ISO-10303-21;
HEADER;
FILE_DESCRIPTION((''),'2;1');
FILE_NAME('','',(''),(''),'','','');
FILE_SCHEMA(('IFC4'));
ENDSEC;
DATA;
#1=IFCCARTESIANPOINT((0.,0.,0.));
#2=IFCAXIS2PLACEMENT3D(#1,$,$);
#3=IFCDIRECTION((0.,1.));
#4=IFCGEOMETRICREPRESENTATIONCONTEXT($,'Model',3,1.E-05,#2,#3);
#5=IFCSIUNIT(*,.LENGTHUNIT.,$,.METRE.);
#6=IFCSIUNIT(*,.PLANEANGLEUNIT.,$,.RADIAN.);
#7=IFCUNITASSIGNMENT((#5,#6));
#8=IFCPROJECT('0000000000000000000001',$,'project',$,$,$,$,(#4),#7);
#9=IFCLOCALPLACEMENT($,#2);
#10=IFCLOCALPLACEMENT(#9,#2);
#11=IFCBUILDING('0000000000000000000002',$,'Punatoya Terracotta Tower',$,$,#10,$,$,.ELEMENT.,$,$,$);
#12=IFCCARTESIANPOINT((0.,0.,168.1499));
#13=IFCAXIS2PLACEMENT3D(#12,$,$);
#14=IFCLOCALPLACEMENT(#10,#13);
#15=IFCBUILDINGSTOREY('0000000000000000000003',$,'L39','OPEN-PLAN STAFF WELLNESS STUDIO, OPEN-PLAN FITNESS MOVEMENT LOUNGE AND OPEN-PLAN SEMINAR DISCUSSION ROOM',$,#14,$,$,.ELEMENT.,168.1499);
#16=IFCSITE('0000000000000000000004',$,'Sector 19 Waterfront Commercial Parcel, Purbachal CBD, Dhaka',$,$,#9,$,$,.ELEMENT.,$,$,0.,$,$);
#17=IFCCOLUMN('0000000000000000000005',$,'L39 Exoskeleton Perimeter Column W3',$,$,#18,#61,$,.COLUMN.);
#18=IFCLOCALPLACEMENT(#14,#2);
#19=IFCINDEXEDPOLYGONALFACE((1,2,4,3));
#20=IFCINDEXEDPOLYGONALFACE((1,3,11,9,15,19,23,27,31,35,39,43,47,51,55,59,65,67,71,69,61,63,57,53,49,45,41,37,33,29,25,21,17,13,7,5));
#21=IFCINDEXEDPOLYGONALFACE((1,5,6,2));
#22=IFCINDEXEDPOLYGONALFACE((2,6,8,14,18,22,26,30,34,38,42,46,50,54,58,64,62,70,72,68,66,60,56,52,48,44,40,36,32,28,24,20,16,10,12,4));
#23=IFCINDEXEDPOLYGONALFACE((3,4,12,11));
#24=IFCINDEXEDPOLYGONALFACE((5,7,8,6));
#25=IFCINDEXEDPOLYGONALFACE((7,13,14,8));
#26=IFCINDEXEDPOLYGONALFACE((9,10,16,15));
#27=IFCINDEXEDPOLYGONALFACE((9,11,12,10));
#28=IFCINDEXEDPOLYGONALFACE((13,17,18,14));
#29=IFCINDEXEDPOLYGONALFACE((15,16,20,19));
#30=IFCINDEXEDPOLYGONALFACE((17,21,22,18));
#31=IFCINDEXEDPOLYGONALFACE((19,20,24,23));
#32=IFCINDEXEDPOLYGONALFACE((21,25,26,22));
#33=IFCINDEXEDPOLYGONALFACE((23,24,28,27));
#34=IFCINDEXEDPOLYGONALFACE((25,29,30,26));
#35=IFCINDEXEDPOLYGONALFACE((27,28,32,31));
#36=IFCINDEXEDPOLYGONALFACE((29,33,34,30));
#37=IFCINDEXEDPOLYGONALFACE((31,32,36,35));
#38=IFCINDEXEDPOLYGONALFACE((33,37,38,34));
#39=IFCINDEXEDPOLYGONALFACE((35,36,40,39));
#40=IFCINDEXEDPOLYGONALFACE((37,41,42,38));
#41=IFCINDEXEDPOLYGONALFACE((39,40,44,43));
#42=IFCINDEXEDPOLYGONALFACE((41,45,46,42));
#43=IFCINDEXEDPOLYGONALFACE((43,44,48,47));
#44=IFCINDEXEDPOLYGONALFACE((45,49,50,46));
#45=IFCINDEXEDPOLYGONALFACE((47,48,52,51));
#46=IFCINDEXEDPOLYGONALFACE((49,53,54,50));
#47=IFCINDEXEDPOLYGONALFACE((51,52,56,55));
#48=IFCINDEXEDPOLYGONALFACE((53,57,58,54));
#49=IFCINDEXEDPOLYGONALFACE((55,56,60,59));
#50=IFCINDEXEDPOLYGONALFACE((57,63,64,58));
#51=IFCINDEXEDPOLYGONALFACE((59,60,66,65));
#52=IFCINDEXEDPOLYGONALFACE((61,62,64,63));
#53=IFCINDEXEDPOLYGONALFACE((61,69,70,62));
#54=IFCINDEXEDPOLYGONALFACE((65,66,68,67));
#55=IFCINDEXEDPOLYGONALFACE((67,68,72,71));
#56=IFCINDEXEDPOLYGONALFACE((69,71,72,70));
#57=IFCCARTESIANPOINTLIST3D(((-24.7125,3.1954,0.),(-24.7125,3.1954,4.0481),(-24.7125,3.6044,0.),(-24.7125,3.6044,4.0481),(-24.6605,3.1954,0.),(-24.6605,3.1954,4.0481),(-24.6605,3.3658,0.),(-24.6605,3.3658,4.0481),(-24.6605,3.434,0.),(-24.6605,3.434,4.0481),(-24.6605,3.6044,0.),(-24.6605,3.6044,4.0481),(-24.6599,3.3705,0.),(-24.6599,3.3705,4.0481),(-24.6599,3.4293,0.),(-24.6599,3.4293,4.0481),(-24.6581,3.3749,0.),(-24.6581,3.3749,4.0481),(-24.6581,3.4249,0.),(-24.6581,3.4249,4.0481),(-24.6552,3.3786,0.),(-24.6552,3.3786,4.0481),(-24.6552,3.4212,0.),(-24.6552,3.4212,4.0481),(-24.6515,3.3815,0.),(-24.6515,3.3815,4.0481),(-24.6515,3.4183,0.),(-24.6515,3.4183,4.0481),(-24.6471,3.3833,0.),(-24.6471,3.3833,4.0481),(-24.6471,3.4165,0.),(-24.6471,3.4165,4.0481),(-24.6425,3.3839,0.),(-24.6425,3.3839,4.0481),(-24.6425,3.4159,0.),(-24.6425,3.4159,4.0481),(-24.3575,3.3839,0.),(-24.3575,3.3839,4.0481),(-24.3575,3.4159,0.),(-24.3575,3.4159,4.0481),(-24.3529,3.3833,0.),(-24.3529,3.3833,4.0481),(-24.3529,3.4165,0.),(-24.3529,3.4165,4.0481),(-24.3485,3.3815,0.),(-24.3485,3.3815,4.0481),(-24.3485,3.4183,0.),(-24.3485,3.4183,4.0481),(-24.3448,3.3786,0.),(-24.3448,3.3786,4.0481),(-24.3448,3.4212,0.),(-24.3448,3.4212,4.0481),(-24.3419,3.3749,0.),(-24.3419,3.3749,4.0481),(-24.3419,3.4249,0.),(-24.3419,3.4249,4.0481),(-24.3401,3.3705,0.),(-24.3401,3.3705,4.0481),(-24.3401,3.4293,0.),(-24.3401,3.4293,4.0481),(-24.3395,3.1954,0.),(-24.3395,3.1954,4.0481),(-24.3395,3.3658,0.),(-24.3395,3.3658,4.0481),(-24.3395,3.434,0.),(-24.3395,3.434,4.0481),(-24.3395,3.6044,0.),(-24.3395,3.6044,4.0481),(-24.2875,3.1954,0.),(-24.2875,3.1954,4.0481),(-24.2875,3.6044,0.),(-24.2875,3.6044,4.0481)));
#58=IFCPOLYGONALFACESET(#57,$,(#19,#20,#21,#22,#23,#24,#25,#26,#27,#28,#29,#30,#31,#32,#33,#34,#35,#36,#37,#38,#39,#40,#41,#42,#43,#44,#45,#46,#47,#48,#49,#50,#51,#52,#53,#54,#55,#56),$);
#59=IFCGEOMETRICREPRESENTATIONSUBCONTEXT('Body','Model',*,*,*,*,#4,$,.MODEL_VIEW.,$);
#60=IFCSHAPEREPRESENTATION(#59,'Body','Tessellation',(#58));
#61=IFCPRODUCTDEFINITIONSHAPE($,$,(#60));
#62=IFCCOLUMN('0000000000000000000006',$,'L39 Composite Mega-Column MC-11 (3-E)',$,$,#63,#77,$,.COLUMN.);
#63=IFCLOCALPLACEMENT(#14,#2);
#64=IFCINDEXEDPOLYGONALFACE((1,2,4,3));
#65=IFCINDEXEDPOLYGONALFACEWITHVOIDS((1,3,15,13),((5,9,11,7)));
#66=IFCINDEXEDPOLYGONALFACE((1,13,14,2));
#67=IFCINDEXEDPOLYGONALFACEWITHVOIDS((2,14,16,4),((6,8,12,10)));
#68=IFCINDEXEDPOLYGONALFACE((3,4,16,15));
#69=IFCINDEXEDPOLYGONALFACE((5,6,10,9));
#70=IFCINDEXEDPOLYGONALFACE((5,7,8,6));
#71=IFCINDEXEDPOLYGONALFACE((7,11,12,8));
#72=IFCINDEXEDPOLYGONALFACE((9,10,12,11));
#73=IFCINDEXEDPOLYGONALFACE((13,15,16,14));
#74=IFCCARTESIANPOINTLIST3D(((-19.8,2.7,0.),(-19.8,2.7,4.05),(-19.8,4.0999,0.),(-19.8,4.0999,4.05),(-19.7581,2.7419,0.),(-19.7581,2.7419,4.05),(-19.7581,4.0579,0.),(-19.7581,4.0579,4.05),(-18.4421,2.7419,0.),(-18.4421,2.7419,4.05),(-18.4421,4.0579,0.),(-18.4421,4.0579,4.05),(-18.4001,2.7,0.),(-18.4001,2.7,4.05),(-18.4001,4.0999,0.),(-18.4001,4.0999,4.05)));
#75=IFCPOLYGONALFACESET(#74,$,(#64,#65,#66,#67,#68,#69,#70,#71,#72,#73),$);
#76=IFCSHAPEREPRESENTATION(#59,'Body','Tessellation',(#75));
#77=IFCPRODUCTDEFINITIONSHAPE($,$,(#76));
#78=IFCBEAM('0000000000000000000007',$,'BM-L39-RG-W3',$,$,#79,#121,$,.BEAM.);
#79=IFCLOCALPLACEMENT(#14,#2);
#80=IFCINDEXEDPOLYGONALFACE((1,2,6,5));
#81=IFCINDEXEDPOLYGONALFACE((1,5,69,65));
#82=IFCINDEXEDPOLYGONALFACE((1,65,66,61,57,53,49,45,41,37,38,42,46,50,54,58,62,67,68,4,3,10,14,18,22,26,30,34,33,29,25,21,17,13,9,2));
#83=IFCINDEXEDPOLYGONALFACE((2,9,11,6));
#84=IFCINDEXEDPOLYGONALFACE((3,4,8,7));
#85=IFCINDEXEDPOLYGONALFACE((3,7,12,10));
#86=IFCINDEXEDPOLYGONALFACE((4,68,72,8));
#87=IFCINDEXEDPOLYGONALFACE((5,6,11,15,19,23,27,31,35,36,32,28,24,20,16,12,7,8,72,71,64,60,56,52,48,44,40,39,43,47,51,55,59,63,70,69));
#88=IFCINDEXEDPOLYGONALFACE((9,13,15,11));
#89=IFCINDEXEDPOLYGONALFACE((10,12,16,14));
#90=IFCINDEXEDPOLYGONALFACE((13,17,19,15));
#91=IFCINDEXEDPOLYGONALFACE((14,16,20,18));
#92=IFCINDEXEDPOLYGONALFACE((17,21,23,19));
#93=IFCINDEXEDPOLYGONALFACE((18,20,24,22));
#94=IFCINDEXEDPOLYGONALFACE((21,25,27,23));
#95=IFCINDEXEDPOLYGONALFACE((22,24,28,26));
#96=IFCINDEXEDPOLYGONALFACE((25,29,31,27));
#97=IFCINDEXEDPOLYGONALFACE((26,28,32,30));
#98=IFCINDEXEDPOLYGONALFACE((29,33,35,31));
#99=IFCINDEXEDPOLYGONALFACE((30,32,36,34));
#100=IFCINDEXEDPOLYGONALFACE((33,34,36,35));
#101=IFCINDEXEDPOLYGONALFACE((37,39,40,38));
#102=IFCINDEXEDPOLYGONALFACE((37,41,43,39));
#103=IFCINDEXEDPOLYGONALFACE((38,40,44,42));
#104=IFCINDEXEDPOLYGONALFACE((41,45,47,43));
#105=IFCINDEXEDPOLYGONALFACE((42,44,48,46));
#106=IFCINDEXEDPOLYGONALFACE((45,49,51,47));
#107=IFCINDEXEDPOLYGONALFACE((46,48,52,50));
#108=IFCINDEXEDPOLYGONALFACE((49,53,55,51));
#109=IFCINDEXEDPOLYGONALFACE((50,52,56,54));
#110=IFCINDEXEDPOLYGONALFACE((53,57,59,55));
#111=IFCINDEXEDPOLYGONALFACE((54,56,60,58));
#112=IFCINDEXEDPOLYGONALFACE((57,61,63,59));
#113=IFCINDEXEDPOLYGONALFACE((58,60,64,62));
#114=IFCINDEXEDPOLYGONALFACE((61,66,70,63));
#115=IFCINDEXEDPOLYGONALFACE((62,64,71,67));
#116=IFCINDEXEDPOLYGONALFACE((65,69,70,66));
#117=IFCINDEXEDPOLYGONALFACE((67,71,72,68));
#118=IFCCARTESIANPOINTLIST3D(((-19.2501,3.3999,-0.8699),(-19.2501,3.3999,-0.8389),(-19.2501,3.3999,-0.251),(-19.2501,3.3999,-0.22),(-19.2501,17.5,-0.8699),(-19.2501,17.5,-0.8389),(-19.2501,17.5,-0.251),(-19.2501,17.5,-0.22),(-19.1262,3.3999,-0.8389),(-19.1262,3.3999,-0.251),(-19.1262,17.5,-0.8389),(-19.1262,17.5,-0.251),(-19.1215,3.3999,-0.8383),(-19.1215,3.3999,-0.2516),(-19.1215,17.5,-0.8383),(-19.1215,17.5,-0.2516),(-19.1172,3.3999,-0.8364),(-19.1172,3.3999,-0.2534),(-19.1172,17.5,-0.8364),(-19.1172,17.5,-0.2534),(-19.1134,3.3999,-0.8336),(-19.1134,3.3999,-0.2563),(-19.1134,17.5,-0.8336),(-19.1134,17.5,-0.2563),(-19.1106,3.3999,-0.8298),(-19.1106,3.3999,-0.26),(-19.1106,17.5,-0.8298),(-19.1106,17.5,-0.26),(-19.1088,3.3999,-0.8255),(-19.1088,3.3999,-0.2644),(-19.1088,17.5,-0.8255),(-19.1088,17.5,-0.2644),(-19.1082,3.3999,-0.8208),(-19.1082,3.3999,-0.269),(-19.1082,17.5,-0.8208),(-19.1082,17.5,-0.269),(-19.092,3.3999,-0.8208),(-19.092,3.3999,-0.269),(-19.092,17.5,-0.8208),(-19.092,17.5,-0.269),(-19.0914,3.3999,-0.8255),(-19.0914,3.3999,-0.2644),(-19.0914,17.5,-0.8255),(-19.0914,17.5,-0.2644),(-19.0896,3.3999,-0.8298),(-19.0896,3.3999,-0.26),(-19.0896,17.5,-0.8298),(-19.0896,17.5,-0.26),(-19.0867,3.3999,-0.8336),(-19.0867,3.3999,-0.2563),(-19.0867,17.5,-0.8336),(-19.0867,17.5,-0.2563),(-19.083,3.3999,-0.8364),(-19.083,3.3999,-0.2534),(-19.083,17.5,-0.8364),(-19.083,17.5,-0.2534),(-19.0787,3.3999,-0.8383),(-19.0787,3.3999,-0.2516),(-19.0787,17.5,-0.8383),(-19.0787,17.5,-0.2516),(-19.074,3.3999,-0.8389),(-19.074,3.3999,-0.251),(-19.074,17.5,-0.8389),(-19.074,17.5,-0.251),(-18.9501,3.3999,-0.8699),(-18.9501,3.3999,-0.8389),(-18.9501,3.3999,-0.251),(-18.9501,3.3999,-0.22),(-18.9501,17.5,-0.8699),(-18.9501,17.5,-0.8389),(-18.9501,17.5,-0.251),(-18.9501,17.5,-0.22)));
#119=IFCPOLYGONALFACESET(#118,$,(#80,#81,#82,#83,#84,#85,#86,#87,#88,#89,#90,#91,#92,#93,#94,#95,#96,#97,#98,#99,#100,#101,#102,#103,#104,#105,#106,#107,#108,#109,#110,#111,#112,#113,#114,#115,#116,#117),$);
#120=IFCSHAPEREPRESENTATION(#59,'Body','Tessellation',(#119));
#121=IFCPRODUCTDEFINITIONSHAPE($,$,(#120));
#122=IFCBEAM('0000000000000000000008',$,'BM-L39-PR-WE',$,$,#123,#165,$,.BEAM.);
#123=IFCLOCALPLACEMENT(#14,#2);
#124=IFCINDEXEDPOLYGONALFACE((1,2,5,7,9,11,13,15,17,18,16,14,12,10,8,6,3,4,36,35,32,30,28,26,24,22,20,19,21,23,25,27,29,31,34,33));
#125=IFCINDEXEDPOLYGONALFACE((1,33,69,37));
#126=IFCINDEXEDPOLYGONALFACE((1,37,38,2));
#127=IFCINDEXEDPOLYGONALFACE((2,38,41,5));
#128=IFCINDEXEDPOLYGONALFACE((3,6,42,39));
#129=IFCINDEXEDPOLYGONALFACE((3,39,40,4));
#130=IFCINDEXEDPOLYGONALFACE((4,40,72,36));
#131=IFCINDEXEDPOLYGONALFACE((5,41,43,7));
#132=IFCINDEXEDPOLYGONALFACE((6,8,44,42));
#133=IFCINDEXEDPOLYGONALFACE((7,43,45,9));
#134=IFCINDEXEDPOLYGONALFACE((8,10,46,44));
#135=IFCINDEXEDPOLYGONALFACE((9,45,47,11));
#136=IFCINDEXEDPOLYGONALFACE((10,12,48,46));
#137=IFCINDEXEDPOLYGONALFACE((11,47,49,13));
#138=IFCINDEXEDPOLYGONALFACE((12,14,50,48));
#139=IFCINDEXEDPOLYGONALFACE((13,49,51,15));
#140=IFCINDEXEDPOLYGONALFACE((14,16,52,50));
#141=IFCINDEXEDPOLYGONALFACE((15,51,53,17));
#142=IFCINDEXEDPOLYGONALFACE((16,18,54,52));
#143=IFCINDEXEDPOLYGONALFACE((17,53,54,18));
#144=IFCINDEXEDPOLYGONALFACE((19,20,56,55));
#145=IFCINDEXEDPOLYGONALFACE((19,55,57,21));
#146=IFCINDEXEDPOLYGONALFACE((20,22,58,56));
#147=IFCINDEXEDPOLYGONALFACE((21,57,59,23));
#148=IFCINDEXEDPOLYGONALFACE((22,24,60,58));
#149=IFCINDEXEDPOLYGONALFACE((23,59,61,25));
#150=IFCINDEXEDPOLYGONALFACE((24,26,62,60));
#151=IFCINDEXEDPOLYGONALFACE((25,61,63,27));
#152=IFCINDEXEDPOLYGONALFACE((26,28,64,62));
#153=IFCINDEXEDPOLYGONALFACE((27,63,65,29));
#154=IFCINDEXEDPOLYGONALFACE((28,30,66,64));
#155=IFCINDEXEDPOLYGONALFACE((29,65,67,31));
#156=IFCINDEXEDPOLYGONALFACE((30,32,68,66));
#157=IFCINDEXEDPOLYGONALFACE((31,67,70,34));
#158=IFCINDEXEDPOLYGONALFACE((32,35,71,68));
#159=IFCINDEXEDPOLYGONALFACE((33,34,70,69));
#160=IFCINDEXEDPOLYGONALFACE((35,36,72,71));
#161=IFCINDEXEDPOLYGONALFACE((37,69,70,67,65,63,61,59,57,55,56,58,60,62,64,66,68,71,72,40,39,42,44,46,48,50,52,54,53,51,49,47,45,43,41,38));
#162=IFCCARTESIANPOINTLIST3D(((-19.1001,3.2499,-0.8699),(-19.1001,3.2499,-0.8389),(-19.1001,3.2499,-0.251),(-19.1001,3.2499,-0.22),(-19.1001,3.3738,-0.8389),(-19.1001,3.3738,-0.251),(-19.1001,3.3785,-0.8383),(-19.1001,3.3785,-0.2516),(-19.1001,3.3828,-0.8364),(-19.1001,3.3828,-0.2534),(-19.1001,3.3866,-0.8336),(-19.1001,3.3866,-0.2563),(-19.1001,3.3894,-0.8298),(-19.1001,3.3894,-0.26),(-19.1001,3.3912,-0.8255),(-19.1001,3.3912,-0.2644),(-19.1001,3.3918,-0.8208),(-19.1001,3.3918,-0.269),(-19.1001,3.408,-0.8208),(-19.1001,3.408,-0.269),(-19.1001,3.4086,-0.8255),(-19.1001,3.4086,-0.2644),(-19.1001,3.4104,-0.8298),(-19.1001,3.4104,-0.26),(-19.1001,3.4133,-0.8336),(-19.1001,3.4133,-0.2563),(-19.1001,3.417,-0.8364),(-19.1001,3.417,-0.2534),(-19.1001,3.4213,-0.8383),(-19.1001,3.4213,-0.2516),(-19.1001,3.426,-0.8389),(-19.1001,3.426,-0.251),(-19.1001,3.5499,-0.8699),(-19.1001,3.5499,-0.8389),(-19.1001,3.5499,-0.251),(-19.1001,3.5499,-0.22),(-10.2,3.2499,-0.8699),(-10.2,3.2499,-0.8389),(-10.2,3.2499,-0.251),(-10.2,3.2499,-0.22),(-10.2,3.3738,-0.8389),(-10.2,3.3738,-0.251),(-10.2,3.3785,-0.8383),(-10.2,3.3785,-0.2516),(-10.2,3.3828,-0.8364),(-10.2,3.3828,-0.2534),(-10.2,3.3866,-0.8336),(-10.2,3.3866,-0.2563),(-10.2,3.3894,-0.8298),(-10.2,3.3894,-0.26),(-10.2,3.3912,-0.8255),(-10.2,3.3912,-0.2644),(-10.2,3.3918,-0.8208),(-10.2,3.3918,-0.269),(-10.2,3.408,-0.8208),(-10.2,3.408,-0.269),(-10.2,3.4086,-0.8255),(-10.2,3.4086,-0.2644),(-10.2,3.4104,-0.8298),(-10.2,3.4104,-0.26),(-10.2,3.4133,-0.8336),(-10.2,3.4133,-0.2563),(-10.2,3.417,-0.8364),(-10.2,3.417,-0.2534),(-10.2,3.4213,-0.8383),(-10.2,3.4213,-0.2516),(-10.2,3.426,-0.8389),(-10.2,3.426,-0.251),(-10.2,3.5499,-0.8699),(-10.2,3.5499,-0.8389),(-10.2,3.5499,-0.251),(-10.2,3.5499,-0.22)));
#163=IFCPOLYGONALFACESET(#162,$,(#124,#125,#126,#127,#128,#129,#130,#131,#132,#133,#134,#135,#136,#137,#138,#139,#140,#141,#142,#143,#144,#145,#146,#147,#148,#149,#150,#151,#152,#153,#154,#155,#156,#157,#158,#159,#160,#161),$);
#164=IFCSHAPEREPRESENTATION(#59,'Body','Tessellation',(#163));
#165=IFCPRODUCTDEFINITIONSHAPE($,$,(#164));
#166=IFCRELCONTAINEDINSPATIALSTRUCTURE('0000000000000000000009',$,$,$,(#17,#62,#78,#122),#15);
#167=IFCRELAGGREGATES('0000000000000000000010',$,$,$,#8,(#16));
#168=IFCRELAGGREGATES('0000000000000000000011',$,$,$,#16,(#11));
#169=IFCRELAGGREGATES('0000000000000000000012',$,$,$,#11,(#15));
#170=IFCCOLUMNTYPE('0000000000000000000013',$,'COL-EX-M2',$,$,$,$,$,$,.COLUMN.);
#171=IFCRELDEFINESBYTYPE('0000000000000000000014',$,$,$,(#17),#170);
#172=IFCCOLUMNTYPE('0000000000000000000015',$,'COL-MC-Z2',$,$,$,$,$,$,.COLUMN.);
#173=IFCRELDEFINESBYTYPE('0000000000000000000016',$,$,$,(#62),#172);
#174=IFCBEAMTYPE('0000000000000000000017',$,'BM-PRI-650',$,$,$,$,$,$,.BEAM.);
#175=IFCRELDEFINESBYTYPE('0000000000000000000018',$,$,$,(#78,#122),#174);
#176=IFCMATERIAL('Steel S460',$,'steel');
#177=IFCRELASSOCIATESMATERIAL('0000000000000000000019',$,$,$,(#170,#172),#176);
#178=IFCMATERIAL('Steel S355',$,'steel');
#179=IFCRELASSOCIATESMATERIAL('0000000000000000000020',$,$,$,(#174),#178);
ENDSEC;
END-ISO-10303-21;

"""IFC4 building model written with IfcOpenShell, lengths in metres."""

from ifc_helpers import new_model, si_unit, direction, frame, origin, origin_2d, place, context, subcontext, project, spatial, hollow_rectangle, i_section, extrude, material, material_profile, profile_set, type_object, element, save


model = new_model("IFC4")

# Units and contexts
model_context = context("Model", 3, precision=1e-05, world=origin(), true_north=direction((0.0, 1.0)))
body_context = subcontext(model_context, "Body", "Model", "MODEL_VIEW")
ifc_project = project(units=[si_unit("LENGTHUNIT", "METRE"), si_unit("PLANEANGLEUNIT", "RADIAN")], contexts=[model_context])

# Site, building, storey
site_placement = place(None, origin())
site = spatial("IfcSite", under=ifc_project, at=site_placement, Name="Sector 19 Waterfront Commercial Parcel, Purbachal CBD, Dhaka", CompositionType="ELEMENT", RefElevation=0.0)
building_placement = place(site_placement, origin())
building = spatial("IfcBuilding", under=site, at=building_placement, Name="Punatoya Terracotta Tower", CompositionType="ELEMENT")
storey_placement = place(building_placement, frame((0.0, 0.0, 168.1499)))
storey = spatial("IfcBuildingStorey", under=building, at=storey_placement, Name="L39", Description="OPEN-PLAN STAFF WELLNESS STUDIO, OPEN-PLAN FITNESS MOVEMENT LOUNGE AND OPEN-PLAN SEMINAR DISCUSSION ROOM", CompositionType="ELEMENT", Elevation=168.1499)

# Columns
ifc_material_1 = material(Name="Steel S460", Category="steel")
ifc_material_profile_1 = material_profile(ifc_material_1, i_section(OverallWidth=0.4089, OverallDepth=0.425, WebThickness=0.032, FlangeThickness=0.052, FilletRadius=0.0181, at=origin_2d()))
ifc_profile_set_1 = profile_set([ifc_material_profile_1], Name="Steel S460")
column_type_1 = type_object("IfcColumnType", Name="COL-EX-M2", PredefinedType="COLUMN", material=ifc_profile_set_1)
column_1_placement = place(storey_placement, frame((-24.5, 3.3999, 0.0), z_axis=(0.0, 0.0, 1.0), x_axis=(0.0, 1.0, 0.0)))
element("IfcColumn", 1, at=column_1_placement, inside=storey, type_object=column_type_1, Name="L39 Exoskeleton Perimeter Column W3", PredefinedType="COLUMN", context=body_context, shape_type="SweptSolid", body=[
    extrude(i_section(OverallWidth=0.4089, OverallDepth=0.425, WebThickness=0.032, FlangeThickness=0.052, FilletRadius=0.0181, at=origin_2d()), origin(), (0.0, 0.0, 1.0), 4.0481),
])
ifc_material_profile_2 = material_profile(ifc_material_1, hollow_rectangle(XDim=1.3999, YDim=1.3999, WallThickness=0.042, at=origin_2d()))
ifc_profile_set_2 = profile_set([ifc_material_profile_2], Name="Steel S460")
column_type_2 = type_object("IfcColumnType", Name="COL-MC-Z2", PredefinedType="COLUMN", material=ifc_profile_set_2)
column_2_placement = place(storey_placement, frame((-19.1001, 3.3999, 0.0), z_axis=(0.0, 0.0, 1.0), x_axis=(1.0, 0.0, 0.0)))
element("IfcColumn", 2, at=column_2_placement, inside=storey, type_object=column_type_2, Name="L39 Composite Mega-Column MC-11 (3-E)", PredefinedType="COLUMN", context=body_context, shape_type="SweptSolid", body=[
    extrude(hollow_rectangle(XDim=1.3999, YDim=1.3999, WallThickness=0.042, at=origin_2d()), origin(), (0.0, 0.0, 1.0), 4.05),
])

# Beams
ifc_material_2 = material(Name="Steel S355", Category="steel")
ifc_material_profile_3 = material_profile(ifc_material_2, i_section(OverallWidth=0.3, OverallDepth=0.6499, WebThickness=0.0161, FlangeThickness=0.031, FilletRadius=0.0181, at=origin_2d()))
ifc_profile_set_3 = profile_set([ifc_material_profile_3], Name="Steel S355")
beam_type_1 = type_object("IfcBeamType", Name="BM-PRI-650", PredefinedType="BEAM", material=ifc_profile_set_3)
beam_1_placement = place(storey_placement, frame((-19.1001, 3.3999, -0.5449), z_axis=(0.0, 1.0, 0.0), x_axis=(-1.0, 0.0, 0.0)))
element("IfcBeam", 3, at=beam_1_placement, inside=storey, type_object=beam_type_1, Name="BM-L39-RG-W3", PredefinedType="BEAM", context=body_context, shape_type="SweptSolid", body=[
    extrude(i_section(OverallWidth=0.3, OverallDepth=0.6499, WebThickness=0.0161, FlangeThickness=0.031, FilletRadius=0.0181, at=origin_2d()), origin(), (0.0, 0.0, 1.0), 14.1001),
])
for number, where, z_axis, x_axis, name in (
    (4, (-19.1001, 3.3999, -0.5449), (1.0, 0.0, 0.0), (0.0, 1.0, 0.0), "BM-L39-PR-WE"),
):
    element("IfcBeam", number, at=place(storey_placement, frame(where, z_axis=z_axis, x_axis=x_axis)), inside=storey, type_object=beam_type_1, Name=name, PredefinedType="BEAM", context=body_context, shape_type="SweptSolid", body=[
        extrude(i_section(OverallWidth=0.3, OverallDepth=0.6499, WebThickness=0.0161, FlangeThickness=0.031, FilletRadius=0.0181, at=origin_2d()), origin(), (0.0, 0.0, 1.0), 8.9001),
    ])

save(model, "model.ifc")
